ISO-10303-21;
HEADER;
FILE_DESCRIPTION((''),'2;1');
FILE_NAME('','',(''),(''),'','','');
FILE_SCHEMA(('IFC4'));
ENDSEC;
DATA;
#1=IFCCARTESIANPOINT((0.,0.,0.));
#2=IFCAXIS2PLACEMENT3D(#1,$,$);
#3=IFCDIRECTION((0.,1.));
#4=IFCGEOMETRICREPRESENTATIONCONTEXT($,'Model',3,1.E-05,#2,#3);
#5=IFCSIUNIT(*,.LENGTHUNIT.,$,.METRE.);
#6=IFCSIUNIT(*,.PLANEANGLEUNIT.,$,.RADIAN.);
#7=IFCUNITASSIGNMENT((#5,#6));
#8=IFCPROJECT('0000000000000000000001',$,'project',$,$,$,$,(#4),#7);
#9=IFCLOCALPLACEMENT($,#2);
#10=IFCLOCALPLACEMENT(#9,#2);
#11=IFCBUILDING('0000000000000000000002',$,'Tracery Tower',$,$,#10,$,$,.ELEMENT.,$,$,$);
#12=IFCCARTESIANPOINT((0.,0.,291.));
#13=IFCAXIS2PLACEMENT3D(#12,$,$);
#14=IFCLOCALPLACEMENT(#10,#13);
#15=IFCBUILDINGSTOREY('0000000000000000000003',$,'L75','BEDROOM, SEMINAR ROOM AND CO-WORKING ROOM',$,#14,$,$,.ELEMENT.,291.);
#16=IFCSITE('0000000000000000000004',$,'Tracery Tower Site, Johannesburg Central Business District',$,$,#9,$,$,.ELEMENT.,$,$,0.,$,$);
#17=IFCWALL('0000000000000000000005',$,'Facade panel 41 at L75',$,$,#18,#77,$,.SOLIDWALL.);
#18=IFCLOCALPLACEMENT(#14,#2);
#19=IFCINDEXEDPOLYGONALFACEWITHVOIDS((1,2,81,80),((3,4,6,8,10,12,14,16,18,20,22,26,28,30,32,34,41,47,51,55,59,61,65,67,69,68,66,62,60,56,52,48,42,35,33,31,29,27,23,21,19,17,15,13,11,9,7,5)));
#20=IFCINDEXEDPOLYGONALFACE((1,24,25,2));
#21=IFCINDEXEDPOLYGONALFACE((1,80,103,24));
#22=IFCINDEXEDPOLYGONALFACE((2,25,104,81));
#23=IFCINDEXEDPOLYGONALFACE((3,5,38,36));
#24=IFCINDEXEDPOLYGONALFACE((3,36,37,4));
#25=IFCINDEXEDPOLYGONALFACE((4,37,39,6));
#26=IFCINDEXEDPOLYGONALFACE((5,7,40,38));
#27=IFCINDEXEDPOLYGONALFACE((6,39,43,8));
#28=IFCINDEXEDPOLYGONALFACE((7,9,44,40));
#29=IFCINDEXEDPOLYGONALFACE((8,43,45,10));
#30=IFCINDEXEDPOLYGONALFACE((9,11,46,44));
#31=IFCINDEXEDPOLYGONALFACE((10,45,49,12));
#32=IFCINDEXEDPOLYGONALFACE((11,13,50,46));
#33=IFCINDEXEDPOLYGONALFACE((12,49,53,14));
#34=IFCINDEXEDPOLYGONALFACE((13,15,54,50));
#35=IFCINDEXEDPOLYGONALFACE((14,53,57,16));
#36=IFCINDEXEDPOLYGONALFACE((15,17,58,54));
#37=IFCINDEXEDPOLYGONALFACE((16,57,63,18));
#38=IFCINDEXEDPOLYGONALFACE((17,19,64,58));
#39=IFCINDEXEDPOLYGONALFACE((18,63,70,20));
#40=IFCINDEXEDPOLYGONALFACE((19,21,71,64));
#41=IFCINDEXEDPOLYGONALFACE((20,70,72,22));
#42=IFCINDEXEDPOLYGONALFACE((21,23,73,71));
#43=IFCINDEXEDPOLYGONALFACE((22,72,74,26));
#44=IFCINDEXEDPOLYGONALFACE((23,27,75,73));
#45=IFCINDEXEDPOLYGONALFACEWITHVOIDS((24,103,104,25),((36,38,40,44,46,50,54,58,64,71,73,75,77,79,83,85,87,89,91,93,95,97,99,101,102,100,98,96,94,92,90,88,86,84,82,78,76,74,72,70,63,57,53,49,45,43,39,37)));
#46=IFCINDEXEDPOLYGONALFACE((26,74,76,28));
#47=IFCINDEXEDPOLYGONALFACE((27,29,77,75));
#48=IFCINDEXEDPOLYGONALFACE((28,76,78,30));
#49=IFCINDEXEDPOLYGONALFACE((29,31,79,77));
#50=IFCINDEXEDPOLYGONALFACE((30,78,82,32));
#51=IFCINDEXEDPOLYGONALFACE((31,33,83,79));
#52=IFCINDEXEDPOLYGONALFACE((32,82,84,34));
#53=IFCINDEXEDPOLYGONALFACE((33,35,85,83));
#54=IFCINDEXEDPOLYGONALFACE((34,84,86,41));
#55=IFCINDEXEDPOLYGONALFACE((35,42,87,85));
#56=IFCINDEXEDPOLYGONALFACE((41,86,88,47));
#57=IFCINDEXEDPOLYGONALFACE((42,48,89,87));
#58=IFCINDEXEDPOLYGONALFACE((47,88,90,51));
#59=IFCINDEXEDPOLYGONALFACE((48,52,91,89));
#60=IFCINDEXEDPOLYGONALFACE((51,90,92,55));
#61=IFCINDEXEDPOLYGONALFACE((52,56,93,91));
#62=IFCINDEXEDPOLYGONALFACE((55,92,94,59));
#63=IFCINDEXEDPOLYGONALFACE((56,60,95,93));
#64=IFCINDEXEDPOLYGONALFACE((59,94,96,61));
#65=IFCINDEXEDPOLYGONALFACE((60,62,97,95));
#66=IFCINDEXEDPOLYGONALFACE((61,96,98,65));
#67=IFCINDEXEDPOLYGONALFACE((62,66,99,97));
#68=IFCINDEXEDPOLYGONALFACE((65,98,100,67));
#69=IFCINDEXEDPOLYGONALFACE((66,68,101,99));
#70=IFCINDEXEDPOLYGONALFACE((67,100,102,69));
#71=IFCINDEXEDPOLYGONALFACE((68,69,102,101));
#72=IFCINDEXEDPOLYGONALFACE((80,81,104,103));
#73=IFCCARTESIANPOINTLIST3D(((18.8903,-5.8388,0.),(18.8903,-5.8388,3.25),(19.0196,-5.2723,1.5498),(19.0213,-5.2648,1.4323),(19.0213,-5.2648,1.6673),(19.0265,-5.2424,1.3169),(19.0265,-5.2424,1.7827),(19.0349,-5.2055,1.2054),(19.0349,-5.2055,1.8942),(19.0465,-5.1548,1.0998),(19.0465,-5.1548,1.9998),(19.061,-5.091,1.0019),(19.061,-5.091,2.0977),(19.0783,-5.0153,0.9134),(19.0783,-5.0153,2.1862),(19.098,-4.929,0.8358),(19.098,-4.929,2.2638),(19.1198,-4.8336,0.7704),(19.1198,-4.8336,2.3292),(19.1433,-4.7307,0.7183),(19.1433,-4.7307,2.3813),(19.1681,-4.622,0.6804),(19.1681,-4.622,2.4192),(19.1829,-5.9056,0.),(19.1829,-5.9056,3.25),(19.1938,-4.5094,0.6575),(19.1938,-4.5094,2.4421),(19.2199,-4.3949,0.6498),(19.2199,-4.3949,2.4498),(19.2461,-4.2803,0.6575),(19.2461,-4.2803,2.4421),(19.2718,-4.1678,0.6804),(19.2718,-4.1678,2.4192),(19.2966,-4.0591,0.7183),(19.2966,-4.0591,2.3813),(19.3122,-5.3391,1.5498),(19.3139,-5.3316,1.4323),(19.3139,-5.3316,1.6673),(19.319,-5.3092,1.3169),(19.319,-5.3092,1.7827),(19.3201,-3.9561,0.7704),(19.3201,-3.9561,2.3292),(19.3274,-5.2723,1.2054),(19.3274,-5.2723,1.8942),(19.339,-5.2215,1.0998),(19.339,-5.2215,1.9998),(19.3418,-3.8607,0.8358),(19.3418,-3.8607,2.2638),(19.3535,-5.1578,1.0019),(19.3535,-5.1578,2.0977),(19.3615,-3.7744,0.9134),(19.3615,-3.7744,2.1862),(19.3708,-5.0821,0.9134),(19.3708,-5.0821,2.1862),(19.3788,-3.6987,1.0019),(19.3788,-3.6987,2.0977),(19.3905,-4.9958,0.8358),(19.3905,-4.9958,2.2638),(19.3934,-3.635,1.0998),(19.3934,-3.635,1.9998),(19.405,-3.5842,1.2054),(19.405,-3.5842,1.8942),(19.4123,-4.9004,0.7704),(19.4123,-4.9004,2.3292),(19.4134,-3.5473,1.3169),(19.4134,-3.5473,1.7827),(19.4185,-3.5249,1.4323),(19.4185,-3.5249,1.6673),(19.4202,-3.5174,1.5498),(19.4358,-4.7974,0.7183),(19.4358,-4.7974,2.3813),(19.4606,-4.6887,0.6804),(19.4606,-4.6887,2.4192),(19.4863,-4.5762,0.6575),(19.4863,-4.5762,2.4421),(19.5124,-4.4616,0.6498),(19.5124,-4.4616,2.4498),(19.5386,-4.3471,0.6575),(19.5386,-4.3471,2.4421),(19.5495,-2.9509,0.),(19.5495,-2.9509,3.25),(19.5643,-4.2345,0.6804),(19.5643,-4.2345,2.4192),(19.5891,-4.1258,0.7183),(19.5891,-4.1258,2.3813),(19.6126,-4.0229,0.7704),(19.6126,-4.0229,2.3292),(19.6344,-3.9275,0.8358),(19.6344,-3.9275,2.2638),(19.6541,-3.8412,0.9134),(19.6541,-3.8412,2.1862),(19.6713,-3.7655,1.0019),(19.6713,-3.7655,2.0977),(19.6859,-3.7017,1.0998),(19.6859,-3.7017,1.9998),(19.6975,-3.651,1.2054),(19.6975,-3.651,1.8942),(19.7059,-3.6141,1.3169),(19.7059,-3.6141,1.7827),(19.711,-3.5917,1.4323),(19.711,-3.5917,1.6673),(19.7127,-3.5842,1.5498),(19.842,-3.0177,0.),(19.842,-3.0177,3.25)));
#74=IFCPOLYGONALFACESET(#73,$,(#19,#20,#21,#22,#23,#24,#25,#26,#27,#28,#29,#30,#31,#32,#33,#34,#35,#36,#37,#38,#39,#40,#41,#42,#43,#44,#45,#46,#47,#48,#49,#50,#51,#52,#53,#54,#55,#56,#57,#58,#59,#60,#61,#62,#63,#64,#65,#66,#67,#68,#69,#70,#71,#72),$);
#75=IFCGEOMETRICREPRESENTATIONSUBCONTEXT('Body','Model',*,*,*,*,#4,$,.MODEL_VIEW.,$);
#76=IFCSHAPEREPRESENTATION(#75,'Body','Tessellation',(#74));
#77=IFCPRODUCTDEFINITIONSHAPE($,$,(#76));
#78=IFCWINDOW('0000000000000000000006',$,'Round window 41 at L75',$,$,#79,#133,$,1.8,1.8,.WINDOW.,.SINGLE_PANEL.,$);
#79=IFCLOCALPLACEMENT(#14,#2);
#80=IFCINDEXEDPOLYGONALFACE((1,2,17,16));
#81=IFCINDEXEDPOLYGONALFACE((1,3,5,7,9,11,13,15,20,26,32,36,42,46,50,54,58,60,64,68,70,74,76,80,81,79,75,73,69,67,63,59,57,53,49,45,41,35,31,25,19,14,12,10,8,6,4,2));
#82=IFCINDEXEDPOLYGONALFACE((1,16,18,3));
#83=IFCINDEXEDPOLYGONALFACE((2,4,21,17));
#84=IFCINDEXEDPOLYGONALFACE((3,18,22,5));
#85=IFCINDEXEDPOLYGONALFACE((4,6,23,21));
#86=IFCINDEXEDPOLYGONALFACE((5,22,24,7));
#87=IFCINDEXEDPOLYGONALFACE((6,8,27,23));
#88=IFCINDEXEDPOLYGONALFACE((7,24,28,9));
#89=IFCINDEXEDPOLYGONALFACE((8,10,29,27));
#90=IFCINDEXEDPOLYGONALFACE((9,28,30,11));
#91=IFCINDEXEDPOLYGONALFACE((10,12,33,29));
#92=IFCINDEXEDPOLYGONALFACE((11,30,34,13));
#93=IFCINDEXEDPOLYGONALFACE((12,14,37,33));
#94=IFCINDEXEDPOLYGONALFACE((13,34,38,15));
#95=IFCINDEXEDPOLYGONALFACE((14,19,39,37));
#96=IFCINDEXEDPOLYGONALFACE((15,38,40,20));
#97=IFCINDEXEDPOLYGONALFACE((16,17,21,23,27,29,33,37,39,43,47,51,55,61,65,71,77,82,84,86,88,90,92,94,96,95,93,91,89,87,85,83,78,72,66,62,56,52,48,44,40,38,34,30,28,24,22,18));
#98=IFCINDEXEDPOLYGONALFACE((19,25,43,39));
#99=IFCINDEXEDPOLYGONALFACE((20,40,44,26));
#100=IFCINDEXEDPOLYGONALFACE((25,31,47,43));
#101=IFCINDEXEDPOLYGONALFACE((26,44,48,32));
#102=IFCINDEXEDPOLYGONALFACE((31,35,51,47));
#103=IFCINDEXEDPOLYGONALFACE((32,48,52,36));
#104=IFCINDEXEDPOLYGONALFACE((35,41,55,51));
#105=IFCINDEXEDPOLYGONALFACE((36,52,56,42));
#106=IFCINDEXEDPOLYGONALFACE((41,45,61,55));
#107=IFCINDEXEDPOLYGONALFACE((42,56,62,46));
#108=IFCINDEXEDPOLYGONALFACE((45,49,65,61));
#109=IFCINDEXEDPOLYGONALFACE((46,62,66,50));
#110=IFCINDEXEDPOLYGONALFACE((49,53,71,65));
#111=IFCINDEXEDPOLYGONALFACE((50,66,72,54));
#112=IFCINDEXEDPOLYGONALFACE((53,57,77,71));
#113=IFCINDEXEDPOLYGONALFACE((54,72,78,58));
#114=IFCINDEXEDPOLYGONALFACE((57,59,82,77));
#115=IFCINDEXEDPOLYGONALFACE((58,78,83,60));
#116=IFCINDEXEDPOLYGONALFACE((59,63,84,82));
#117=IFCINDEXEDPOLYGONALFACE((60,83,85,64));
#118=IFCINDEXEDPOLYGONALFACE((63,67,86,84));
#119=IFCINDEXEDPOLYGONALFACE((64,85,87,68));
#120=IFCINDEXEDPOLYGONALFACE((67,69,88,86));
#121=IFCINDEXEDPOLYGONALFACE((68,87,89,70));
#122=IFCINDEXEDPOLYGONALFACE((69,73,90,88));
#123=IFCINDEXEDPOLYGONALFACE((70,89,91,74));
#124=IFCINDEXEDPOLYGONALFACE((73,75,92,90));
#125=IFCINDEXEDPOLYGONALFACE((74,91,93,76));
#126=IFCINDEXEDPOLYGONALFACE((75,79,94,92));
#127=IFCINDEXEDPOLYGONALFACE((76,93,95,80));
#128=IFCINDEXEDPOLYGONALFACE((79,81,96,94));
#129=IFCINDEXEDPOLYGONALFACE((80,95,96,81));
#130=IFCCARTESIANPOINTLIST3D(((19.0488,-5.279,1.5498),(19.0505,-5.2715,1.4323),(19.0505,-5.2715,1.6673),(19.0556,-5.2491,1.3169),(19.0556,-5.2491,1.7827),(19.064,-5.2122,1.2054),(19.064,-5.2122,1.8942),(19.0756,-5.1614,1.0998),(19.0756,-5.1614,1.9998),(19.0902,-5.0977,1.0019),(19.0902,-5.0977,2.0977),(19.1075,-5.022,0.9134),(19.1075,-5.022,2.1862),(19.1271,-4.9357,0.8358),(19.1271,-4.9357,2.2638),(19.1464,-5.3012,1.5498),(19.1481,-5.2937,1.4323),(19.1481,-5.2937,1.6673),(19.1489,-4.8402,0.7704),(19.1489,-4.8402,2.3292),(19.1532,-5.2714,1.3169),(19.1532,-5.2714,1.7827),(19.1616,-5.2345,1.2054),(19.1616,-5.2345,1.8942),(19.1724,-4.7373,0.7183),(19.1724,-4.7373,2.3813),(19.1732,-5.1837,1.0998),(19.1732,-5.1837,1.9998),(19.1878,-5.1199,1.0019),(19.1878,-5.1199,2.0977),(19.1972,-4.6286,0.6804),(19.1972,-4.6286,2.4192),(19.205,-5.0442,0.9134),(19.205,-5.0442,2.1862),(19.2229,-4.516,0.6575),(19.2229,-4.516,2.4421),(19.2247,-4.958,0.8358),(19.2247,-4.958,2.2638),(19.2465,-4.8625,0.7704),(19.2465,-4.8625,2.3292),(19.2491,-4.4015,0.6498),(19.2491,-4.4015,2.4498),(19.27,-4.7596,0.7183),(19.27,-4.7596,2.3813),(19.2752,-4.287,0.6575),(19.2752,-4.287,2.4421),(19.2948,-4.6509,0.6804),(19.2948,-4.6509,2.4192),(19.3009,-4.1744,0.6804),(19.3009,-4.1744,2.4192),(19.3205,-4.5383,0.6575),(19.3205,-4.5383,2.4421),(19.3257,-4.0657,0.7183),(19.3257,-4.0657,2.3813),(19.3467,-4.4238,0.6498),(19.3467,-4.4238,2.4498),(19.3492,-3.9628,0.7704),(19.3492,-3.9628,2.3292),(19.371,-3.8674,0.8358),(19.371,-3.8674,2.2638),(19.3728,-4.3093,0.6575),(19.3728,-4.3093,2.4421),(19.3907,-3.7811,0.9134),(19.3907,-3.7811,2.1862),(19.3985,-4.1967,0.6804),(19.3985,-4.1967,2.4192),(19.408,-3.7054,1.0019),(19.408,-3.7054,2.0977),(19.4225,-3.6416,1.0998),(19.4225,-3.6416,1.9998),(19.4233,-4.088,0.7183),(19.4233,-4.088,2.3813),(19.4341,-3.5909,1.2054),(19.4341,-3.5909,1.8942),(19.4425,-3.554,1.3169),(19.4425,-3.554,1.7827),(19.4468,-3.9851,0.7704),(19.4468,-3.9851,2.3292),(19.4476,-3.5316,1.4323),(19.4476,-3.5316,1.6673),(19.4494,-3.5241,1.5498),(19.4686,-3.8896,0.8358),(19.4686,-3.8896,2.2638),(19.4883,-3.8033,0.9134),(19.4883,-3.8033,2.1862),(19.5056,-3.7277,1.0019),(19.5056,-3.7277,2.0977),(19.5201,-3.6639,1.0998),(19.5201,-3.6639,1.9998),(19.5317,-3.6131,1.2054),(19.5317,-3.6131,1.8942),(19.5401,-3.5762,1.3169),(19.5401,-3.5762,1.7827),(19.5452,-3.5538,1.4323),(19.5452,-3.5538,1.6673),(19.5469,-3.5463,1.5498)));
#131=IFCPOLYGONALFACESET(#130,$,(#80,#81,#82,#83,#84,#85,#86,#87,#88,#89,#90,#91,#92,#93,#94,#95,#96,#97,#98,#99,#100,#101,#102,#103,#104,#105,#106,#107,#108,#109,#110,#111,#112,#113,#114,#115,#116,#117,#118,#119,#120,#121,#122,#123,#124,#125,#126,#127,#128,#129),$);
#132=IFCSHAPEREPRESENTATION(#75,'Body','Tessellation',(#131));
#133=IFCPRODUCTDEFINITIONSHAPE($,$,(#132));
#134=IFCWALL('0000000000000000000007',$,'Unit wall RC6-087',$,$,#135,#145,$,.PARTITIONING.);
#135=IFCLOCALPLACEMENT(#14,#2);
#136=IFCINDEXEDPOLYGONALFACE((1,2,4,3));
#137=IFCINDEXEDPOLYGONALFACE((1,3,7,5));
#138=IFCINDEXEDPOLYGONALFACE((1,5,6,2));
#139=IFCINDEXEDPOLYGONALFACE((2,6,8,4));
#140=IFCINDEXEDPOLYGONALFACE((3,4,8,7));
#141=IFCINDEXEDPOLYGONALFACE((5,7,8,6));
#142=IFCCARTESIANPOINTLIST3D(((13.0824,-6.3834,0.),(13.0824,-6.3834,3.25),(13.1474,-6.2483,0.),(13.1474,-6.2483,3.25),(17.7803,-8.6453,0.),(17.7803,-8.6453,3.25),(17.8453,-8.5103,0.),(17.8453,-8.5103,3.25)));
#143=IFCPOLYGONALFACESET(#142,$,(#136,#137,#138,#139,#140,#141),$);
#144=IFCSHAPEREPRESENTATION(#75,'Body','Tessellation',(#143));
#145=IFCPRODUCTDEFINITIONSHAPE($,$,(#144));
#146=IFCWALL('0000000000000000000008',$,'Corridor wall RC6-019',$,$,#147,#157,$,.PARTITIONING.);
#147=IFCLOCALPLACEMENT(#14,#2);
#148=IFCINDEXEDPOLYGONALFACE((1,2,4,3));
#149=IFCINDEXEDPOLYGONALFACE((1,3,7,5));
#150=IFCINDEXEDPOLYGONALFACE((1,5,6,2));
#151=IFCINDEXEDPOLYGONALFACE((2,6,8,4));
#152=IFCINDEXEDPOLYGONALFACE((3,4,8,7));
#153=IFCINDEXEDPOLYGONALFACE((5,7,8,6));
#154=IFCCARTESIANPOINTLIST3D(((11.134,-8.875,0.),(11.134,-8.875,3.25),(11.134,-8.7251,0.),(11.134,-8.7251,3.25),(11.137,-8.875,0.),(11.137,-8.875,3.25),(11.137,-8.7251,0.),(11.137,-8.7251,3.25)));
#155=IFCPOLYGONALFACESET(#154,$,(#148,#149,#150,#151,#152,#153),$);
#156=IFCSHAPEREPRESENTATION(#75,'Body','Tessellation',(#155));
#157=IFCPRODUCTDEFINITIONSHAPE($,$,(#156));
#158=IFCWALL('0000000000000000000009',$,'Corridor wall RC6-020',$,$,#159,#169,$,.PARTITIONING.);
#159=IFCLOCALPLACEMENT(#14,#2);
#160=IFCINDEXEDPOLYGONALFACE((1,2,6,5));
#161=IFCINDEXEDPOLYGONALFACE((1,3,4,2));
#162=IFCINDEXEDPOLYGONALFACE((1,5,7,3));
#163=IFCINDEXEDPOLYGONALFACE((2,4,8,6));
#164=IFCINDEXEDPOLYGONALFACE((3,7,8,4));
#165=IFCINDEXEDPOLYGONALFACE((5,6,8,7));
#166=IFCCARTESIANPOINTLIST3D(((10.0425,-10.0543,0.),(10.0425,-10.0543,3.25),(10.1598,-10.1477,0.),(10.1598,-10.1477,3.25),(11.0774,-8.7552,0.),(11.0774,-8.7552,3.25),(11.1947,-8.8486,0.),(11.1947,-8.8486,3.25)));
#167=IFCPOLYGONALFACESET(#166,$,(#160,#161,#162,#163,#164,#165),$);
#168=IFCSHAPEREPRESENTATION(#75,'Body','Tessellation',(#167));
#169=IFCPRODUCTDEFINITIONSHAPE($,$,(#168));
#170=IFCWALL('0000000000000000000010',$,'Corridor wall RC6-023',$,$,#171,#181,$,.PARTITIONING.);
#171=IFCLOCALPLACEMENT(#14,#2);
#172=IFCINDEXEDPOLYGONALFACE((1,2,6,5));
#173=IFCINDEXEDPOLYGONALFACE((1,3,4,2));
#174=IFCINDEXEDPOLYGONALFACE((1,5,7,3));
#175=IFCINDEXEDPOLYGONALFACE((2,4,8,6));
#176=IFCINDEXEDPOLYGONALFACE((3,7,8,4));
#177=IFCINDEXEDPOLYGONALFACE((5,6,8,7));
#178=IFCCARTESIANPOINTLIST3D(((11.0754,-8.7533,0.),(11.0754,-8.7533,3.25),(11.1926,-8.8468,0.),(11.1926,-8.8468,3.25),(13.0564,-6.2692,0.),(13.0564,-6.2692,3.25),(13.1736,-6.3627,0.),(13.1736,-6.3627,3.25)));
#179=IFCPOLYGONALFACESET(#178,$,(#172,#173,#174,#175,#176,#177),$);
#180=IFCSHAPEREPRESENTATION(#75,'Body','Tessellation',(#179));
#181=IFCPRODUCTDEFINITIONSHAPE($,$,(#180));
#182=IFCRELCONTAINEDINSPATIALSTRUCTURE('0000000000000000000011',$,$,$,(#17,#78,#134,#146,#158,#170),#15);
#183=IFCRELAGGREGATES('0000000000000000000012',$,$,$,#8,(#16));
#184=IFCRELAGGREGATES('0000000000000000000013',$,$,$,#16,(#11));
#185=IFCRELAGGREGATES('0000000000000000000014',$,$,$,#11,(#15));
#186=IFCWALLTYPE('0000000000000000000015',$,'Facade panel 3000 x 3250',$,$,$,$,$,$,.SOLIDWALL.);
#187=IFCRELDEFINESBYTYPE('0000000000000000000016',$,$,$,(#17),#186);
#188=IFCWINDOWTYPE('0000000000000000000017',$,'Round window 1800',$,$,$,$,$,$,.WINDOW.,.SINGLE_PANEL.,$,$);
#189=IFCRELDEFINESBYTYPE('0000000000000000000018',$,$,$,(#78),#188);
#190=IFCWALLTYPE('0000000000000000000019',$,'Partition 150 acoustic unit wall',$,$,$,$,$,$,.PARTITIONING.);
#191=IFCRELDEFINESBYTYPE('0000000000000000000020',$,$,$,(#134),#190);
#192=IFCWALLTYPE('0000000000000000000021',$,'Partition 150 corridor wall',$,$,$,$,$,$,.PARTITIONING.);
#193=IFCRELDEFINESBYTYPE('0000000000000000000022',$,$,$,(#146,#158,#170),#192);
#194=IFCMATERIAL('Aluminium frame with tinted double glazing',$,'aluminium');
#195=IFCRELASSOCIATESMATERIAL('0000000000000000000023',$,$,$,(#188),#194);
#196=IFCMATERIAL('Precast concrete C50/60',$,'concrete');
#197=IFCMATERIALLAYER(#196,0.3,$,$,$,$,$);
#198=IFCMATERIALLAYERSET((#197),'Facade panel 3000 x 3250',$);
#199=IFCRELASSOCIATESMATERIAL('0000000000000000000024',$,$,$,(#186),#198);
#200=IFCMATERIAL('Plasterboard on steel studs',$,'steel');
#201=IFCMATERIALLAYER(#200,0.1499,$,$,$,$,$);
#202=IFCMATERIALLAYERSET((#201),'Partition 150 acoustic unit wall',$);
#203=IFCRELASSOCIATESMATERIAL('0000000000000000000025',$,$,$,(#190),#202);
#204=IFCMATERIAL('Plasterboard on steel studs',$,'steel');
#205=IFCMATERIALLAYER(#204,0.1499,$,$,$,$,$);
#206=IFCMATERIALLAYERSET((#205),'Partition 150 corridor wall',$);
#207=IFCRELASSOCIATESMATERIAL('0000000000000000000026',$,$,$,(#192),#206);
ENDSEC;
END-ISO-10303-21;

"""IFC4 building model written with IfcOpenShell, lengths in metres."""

from ifc_helpers import new_model, si_unit, direction, frame, frame_2d, origin, origin_2d, place, context, subcontext, project, spatial, rectangle, circle, extrude, material, layer, layer_set, type_object, element, fill, save


model = new_model("IFC4")

# Units and contexts
model_context = context("Model", 3, precision=1e-05, world=origin(), true_north=direction((0.0, 1.0)))
body_context = subcontext(model_context, "Body", "Model", "MODEL_VIEW")
ifc_project = project(units=[si_unit("LENGTHUNIT", "METRE"), si_unit("PLANEANGLEUNIT", "RADIAN")], contexts=[model_context])

# Site, building, storey
site_placement = place(None, origin())
site = spatial("IfcSite", under=ifc_project, at=site_placement, Name="Tracery Tower Site, Johannesburg Central Business District", CompositionType="ELEMENT", RefElevation=0.0)
building_placement = place(site_placement, origin())
building = spatial("IfcBuilding", under=site, at=building_placement, Name="Tracery Tower", CompositionType="ELEMENT")
storey_placement = place(building_placement, frame((0.0, 0.0, 291.0)))
storey = spatial("IfcBuildingStorey", under=building, at=storey_placement, Name="L75", Description="BEDROOM, SEMINAR ROOM AND CO-WORKING ROOM", CompositionType="ELEMENT", Elevation=291.0)

# Wall, opening, window
ifc_material_1 = material(Name="Aluminium frame with tinted double glazing", Category="aluminium")
window_type = type_object("IfcWindowType", Name="Round window 1800", PartitioningType="SINGLE_PANEL", PredefinedType="WINDOW", material=ifc_material_1)
ifc_material_2 = material(Name="Precast concrete C50/60", Category="concrete")
ifc_layer_1 = layer(ifc_material_2, 0.3)
ifc_layer_set_1 = layer_set([ifc_layer_1], Name="Facade panel 3000 x 3250")
wall_type_1 = type_object("IfcWallType", Name="Facade panel 3000 x 3250", PredefinedType="SOLIDWALL", material=ifc_layer_set_1)
wall_1_placement = place(storey_placement, frame((19.0366, -5.8721, 0.0), z_axis=(0.0, 0.0, 1.0), x_axis=(0.222529, 0.974926, 0.0)))
wall_1 = element("IfcWall", 1, at=wall_1_placement, inside=storey, type_object=wall_type_1, Name="Facade panel 41 at L75", PredefinedType="SOLIDWALL", context=body_context, shape_type="SweptSolid", body=[
    extrude(rectangle(XDim=2.9622, YDim=0.3, at=frame_2d((1.481, 0.0))), origin(), (0.0, 0.0, 1.0), 3.25),
])
opening_1_placement = place(wall_1_placement, frame((1.481, 0.0, 1.5498)))
opening_1 = element("IfcOpeningElement", 2, at=opening_1_placement, cuts=wall_1, PredefinedType="OPENING", context=body_context, shape_type="SweptSolid", body=[
    extrude(circle(Radius=0.9, at=origin_2d()), frame((0.0, 0.1599, 0.0), z_axis=(0.0, -1.0, 0.0), x_axis=(1.0, 0.0, 0.0)), (0.0, 0.0, 1.0), 0.3201),
])
window_1_placement = place(opening_1_placement, origin())
window_1 = element("IfcWindow", 3, at=window_1_placement, inside=storey, type_object=window_type, Name="Round window 41 at L75", OverallHeight=1.8, OverallWidth=1.8, PartitioningType="SINGLE_PANEL", PredefinedType="WINDOW", context=body_context, shape_type="SweptSolid", body=[
    extrude(circle(Radius=0.9, at=origin_2d()), frame((0.0, 0.1201, 0.0), z_axis=(0.0, -1.0, 0.0), x_axis=(1.0, 0.0, 0.0)), (0.0, 0.0, 1.0), 0.1001),
])
fill(opening_1, window_1)

# Walls
ifc_material_3 = material(Name="Plasterboard on steel studs", Category="steel")
ifc_layer_2 = layer(ifc_material_3, 0.1499)
ifc_layer_set_2 = layer_set([ifc_layer_2], Name="Partition 150 acoustic unit wall")
wall_type_2 = type_object("IfcWallType", Name="Partition 150 acoustic unit wall", PredefinedType="PARTITIONING", material=ifc_layer_set_2)
wall_2_placement = place(storey_placement, frame((13.115, -6.3159, 0.0), z_axis=(0.0, 0.0, 1.0), x_axis=(0.901004, -0.43381, 0.0)))
element("IfcWall", 4, at=wall_2_placement, inside=storey, type_object=wall_type_2, Name="Unit wall RC6-087", PredefinedType="PARTITIONING", context=body_context, shape_type="SweptSolid", body=[
    extrude(rectangle(XDim=5.2141, YDim=0.1499, at=frame_2d((2.6069, 0.0))), origin(), (0.0, 0.0, 1.0), 3.25),
])
ifc_material_4 = material(Name="Plasterboard on steel studs", Category="steel")
ifc_layer_3 = layer(ifc_material_4, 0.1499)
ifc_layer_set_3 = layer_set([ifc_layer_3], Name="Partition 150 corridor wall")
wall_type_3 = type_object("IfcWallType", Name="Partition 150 corridor wall", PredefinedType="PARTITIONING", material=ifc_layer_set_3)
wall_3_placement = place(storey_placement, frame((11.137, -8.8, 0.0), z_axis=(0.0, 0.0, 1.0), x_axis=(-1.0, 0.0, 0.0)))
element("IfcWall", 5, at=wall_3_placement, inside=storey, type_object=wall_type_3, Name="Corridor wall RC6-019", PredefinedType="PARTITIONING", context=body_context, shape_type="SweptSolid", body=[
    extrude(rectangle(XDim=0.0029, YDim=0.1499, at=frame_2d((0.0015, 0.0))), origin(), (0.0, 0.0, 1.0), 3.25),
])
wall_4_placement = place(storey_placement, frame((10.1011, -10.1011, 0.0), z_axis=(0.0, 0.0, 1.0), x_axis=(0.623098, 0.782143, 0.0)))
element("IfcWall", 6, at=wall_4_placement, inside=storey, type_object=wall_type_3, Name="Corridor wall RC6-020", PredefinedType="PARTITIONING", context=body_context, shape_type="SweptSolid", body=[
    extrude(rectangle(XDim=1.6609, YDim=0.1499, at=frame_2d((0.8306, 0.0))), origin(), (0.0, 0.0, 1.0), 3.25),
])
wall_5_placement = place(storey_placement, frame((11.134, -8.8, 0.0), z_axis=(0.0, 0.0, 1.0), x_axis=(0.623476, 0.781842, 0.0)))
element("IfcWall", 7, at=wall_5_placement, inside=storey, type_object=wall_type_3, Name="Corridor wall RC6-023", PredefinedType="PARTITIONING", context=body_context, shape_type="SweptSolid", body=[
    extrude(rectangle(XDim=3.1772, YDim=0.1499, at=frame_2d((1.5886, 0.0))), origin(), (0.0, 0.0, 1.0), 3.25),
])

save(model, "model.ifc")
